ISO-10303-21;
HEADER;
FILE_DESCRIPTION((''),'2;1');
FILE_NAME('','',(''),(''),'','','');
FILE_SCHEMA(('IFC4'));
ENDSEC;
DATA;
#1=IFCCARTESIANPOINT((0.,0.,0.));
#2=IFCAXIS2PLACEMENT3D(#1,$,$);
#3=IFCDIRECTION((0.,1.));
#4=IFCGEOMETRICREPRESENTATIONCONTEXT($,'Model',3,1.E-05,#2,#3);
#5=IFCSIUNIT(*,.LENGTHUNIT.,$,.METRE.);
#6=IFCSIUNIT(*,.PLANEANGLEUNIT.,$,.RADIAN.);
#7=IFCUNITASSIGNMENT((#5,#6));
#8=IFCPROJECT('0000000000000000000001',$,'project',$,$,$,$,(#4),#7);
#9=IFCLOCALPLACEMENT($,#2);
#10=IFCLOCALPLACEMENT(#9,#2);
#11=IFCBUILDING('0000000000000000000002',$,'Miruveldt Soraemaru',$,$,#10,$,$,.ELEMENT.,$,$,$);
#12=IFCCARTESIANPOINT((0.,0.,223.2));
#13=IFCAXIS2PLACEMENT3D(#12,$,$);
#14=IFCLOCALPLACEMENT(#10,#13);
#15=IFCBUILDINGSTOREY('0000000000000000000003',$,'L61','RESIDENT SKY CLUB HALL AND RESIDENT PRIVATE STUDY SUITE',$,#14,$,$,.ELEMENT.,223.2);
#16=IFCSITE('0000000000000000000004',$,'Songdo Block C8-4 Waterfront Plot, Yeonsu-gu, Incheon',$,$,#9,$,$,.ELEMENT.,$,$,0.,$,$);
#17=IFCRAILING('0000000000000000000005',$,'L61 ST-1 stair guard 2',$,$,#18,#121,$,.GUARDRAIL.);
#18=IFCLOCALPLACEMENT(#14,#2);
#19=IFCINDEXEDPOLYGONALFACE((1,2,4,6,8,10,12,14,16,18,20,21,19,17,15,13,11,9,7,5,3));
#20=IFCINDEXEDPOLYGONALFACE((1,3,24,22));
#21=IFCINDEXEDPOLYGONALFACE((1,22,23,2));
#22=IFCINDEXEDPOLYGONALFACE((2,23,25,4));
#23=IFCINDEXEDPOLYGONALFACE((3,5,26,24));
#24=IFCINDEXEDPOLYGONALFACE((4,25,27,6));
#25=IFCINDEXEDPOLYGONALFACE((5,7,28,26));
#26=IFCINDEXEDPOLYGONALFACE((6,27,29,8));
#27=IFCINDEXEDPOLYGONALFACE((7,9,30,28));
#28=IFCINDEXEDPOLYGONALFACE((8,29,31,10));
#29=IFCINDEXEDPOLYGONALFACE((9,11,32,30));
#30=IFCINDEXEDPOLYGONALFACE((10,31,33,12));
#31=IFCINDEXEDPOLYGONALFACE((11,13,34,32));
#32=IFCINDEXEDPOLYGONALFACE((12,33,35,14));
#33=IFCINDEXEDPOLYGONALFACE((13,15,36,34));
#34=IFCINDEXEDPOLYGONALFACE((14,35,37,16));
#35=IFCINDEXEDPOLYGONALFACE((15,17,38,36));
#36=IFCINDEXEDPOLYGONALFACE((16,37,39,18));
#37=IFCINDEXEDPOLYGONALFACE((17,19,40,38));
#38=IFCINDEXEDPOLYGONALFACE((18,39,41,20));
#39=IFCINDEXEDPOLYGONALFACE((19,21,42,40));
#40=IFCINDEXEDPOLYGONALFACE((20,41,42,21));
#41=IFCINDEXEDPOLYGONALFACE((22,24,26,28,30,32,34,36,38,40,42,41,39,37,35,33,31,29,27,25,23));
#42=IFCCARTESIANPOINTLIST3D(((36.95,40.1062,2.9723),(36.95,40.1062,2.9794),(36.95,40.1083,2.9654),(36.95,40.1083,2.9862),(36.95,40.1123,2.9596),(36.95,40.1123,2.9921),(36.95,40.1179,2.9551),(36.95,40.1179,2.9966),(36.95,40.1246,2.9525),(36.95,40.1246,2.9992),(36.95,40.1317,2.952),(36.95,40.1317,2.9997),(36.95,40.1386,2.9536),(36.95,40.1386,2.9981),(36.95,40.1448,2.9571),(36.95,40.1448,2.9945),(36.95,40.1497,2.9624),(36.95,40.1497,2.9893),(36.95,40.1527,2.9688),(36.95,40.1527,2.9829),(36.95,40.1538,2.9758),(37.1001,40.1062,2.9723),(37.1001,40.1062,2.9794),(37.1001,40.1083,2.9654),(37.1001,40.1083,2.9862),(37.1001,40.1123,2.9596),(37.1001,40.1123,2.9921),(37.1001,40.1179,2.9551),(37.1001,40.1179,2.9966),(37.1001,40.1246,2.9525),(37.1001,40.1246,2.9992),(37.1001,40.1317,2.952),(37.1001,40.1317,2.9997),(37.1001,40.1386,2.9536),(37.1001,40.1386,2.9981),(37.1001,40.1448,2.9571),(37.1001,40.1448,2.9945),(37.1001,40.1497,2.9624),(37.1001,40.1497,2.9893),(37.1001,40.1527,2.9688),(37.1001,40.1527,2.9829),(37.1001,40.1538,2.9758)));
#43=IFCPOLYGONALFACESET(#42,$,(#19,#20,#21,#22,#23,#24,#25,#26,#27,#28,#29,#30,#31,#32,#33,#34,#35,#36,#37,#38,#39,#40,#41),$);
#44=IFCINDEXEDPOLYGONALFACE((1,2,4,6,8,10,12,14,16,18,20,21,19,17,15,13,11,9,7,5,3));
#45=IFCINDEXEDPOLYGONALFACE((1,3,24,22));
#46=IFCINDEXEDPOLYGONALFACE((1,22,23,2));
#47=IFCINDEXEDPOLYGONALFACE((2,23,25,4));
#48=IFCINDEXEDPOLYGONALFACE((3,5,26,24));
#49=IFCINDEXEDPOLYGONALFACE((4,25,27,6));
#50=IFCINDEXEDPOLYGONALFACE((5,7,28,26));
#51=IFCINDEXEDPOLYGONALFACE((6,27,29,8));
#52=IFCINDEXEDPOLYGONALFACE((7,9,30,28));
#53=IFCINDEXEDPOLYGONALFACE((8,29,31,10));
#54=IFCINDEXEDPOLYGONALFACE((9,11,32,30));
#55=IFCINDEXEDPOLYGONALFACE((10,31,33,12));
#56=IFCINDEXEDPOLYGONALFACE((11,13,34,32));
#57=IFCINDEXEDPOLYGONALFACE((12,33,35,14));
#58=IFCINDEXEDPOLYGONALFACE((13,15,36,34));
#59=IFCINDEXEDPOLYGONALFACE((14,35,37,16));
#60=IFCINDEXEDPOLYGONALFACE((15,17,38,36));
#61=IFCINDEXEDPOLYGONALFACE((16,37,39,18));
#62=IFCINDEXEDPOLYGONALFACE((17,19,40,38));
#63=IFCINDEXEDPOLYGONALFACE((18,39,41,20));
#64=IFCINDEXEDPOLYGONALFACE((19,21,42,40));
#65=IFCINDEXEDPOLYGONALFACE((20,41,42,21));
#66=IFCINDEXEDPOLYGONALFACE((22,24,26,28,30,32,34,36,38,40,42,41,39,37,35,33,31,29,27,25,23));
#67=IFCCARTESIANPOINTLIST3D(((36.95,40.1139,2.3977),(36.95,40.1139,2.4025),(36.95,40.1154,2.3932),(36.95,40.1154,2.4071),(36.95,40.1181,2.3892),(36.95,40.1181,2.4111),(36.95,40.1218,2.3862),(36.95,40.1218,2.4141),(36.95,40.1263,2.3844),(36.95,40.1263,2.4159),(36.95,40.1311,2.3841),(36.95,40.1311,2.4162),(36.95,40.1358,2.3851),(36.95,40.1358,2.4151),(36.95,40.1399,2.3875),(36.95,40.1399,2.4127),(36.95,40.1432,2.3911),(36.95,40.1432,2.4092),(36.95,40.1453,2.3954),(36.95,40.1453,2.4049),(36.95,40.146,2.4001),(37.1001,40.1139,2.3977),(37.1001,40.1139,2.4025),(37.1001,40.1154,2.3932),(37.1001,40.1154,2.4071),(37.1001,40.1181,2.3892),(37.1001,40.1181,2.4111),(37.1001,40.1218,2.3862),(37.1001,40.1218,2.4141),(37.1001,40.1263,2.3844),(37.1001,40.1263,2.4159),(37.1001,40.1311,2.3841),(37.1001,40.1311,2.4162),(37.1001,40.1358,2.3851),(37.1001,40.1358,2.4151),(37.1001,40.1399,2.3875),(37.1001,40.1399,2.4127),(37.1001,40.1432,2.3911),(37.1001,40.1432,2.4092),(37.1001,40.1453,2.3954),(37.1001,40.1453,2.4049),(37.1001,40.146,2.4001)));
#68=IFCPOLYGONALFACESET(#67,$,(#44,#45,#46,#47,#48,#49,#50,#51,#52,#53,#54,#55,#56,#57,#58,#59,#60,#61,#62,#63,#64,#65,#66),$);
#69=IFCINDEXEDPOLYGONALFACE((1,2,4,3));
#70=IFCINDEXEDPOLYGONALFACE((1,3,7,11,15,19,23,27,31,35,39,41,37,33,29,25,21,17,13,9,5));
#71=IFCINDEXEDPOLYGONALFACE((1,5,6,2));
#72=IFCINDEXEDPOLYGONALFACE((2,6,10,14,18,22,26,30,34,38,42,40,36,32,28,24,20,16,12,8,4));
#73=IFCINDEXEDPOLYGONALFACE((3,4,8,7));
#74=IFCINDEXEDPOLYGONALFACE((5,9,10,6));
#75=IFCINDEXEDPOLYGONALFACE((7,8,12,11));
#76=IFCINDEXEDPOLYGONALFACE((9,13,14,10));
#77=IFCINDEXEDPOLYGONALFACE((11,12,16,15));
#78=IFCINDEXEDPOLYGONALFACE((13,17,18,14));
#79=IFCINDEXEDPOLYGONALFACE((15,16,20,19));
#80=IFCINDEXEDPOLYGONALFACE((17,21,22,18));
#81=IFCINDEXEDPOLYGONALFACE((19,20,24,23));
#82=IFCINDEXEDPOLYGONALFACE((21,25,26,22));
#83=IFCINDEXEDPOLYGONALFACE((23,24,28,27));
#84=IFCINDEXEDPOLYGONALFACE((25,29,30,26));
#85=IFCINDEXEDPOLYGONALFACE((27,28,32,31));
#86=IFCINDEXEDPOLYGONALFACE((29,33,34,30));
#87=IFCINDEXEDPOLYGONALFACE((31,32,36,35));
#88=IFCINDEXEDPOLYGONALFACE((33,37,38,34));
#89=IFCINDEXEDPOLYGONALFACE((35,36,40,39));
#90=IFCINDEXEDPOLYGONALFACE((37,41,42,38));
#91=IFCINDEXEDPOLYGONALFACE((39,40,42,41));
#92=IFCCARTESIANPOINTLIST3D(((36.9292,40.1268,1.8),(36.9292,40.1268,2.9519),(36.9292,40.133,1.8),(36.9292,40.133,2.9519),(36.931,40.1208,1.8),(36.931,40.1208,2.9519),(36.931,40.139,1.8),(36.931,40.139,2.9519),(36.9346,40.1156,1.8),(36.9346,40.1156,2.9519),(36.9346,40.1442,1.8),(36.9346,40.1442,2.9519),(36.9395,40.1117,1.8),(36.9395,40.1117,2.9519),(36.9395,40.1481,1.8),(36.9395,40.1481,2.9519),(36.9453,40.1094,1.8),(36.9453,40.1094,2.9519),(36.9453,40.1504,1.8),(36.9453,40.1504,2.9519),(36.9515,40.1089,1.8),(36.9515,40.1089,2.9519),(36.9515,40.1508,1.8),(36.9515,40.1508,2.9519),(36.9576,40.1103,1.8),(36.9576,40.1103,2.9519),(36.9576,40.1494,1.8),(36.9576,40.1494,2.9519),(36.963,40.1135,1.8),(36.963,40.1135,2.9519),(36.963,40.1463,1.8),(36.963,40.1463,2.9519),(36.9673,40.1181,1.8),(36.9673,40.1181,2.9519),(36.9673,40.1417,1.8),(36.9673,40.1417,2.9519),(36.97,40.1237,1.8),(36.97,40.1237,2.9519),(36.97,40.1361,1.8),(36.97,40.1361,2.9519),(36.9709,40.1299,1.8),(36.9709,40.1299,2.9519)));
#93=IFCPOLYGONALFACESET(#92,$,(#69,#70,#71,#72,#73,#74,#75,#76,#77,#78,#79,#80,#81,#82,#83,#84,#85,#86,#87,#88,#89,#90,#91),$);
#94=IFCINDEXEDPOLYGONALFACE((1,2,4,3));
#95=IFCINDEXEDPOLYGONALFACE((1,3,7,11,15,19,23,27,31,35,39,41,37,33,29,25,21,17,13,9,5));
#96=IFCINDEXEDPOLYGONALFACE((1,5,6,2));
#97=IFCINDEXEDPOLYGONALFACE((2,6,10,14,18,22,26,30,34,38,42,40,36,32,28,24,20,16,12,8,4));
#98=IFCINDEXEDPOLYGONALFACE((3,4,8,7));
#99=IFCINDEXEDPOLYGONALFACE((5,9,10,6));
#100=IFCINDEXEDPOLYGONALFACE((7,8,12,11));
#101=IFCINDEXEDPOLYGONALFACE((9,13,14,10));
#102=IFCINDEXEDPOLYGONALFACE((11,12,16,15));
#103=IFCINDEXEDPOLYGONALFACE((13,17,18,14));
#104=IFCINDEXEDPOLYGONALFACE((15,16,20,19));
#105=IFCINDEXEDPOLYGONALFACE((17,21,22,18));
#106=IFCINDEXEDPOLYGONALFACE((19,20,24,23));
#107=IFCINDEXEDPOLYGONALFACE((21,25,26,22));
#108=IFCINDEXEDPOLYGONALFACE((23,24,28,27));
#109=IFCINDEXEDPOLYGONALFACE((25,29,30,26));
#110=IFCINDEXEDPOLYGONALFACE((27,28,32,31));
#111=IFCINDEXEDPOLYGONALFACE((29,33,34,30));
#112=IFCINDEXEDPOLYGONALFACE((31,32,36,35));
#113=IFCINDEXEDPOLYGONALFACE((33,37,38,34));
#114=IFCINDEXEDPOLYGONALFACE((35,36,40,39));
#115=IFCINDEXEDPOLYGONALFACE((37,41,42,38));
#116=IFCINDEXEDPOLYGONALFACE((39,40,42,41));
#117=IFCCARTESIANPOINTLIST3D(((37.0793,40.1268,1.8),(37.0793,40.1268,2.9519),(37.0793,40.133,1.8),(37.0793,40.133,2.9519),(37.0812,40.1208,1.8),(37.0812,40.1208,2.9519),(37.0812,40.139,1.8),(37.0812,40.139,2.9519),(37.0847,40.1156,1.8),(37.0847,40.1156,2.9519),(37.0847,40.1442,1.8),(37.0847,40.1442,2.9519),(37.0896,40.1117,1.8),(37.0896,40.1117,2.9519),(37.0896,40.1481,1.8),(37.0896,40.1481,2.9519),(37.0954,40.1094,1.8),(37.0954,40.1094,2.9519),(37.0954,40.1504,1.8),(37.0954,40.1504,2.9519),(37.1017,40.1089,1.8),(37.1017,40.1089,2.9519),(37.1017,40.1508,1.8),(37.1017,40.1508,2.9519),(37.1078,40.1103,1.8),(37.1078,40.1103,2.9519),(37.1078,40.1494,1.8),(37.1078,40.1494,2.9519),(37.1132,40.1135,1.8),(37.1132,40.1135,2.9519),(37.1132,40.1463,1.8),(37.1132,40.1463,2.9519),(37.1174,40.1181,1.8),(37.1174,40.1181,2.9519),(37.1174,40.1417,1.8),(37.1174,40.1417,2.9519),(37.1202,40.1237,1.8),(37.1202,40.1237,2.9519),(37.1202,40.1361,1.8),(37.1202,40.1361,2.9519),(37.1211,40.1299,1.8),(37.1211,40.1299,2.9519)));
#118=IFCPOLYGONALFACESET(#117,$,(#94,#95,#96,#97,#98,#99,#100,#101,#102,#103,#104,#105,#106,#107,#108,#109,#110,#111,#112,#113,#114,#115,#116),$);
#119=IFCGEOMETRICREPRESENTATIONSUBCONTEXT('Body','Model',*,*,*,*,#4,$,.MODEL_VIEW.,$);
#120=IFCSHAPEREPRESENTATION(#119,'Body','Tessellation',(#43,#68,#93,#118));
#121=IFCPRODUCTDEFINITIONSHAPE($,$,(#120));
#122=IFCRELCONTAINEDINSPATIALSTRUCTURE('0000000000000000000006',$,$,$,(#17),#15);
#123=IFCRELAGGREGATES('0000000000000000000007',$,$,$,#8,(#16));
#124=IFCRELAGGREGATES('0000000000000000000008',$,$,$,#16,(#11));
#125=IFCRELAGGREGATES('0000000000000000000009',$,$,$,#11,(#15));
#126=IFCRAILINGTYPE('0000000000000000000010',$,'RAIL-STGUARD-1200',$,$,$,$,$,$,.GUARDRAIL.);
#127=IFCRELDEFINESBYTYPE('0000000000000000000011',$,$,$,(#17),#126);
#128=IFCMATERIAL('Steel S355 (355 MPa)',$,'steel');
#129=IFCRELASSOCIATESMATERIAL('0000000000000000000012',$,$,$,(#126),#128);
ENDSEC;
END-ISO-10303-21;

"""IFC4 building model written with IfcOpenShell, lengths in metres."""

from ifc_helpers import new_model, si_unit, direction, frame, origin, origin_2d, place, context, subcontext, project, spatial, circle, extrude, material, type_object, element, save


model = new_model("IFC4")

# Units and contexts
model_context = context("Model", 3, precision=1e-05, world=origin(), true_north=direction((0.0, 1.0)))
body_context = subcontext(model_context, "Body", "Model", "MODEL_VIEW")
ifc_project = project(units=[si_unit("LENGTHUNIT", "METRE"), si_unit("PLANEANGLEUNIT", "RADIAN")], contexts=[model_context])

# Site, building, storey
site_placement = place(None, origin())
site = spatial("IfcSite", under=ifc_project, at=site_placement, Name="Songdo Block C8-4 Waterfront Plot, Yeonsu-gu, Incheon", CompositionType="ELEMENT", RefElevation=0.0)
building_placement = place(site_placement, origin())
building = spatial("IfcBuilding", under=site, at=building_placement, Name="Miruveldt Soraemaru", CompositionType="ELEMENT")
storey_placement = place(building_placement, frame((0.0, 0.0, 223.2)))
storey = spatial("IfcBuildingStorey", under=building, at=storey_placement, Name="L61", Description="RESIDENT SKY CLUB HALL AND RESIDENT PRIVATE STUDY SUITE", CompositionType="ELEMENT", Elevation=223.2)

# Railing
ifc_material_1 = material(Name="Steel S355 (355 MPa)", Category="steel")
railing_type_1 = type_object("IfcRailingType", Name="RAIL-STGUARD-1200", PredefinedType="GUARDRAIL", material=ifc_material_1)
railing_1_placement = place(storey_placement, frame((36.95, 40.1299, 1.8)))
element("IfcRailing", 1, at=railing_1_placement, inside=storey, type_object=railing_type_1, Name="L61 ST-1 stair guard 2", PredefinedType="GUARDRAIL", context=body_context, shape_type="SweptSolid", body=[
    extrude(circle(Radius=0.0239, at=origin_2d()), frame((0.0, 0.0, 1.1758), z_axis=(1.0, 0.0, 0.0), x_axis=(0.0, 1.0, 0.0)), (0.0, 0.0, 1.0), 0.1501),
    extrude(circle(Radius=0.0161, at=origin_2d()), frame((0.0, 0.0, 0.6001), z_axis=(1.0, 0.0, 0.0), x_axis=(0.0, 1.0, 0.0)), (0.0, 0.0, 1.0), 0.1501),
    extrude(circle(Radius=0.021, at=origin_2d()), origin(), (0.0, 0.0, 1.0), 1.1519),
    extrude(circle(Radius=0.021, at=origin_2d()), frame((0.1501, 0.0, 0.0)), (0.0, 0.0, 1.0), 1.1519),
])

save(model, "model.ifc")
